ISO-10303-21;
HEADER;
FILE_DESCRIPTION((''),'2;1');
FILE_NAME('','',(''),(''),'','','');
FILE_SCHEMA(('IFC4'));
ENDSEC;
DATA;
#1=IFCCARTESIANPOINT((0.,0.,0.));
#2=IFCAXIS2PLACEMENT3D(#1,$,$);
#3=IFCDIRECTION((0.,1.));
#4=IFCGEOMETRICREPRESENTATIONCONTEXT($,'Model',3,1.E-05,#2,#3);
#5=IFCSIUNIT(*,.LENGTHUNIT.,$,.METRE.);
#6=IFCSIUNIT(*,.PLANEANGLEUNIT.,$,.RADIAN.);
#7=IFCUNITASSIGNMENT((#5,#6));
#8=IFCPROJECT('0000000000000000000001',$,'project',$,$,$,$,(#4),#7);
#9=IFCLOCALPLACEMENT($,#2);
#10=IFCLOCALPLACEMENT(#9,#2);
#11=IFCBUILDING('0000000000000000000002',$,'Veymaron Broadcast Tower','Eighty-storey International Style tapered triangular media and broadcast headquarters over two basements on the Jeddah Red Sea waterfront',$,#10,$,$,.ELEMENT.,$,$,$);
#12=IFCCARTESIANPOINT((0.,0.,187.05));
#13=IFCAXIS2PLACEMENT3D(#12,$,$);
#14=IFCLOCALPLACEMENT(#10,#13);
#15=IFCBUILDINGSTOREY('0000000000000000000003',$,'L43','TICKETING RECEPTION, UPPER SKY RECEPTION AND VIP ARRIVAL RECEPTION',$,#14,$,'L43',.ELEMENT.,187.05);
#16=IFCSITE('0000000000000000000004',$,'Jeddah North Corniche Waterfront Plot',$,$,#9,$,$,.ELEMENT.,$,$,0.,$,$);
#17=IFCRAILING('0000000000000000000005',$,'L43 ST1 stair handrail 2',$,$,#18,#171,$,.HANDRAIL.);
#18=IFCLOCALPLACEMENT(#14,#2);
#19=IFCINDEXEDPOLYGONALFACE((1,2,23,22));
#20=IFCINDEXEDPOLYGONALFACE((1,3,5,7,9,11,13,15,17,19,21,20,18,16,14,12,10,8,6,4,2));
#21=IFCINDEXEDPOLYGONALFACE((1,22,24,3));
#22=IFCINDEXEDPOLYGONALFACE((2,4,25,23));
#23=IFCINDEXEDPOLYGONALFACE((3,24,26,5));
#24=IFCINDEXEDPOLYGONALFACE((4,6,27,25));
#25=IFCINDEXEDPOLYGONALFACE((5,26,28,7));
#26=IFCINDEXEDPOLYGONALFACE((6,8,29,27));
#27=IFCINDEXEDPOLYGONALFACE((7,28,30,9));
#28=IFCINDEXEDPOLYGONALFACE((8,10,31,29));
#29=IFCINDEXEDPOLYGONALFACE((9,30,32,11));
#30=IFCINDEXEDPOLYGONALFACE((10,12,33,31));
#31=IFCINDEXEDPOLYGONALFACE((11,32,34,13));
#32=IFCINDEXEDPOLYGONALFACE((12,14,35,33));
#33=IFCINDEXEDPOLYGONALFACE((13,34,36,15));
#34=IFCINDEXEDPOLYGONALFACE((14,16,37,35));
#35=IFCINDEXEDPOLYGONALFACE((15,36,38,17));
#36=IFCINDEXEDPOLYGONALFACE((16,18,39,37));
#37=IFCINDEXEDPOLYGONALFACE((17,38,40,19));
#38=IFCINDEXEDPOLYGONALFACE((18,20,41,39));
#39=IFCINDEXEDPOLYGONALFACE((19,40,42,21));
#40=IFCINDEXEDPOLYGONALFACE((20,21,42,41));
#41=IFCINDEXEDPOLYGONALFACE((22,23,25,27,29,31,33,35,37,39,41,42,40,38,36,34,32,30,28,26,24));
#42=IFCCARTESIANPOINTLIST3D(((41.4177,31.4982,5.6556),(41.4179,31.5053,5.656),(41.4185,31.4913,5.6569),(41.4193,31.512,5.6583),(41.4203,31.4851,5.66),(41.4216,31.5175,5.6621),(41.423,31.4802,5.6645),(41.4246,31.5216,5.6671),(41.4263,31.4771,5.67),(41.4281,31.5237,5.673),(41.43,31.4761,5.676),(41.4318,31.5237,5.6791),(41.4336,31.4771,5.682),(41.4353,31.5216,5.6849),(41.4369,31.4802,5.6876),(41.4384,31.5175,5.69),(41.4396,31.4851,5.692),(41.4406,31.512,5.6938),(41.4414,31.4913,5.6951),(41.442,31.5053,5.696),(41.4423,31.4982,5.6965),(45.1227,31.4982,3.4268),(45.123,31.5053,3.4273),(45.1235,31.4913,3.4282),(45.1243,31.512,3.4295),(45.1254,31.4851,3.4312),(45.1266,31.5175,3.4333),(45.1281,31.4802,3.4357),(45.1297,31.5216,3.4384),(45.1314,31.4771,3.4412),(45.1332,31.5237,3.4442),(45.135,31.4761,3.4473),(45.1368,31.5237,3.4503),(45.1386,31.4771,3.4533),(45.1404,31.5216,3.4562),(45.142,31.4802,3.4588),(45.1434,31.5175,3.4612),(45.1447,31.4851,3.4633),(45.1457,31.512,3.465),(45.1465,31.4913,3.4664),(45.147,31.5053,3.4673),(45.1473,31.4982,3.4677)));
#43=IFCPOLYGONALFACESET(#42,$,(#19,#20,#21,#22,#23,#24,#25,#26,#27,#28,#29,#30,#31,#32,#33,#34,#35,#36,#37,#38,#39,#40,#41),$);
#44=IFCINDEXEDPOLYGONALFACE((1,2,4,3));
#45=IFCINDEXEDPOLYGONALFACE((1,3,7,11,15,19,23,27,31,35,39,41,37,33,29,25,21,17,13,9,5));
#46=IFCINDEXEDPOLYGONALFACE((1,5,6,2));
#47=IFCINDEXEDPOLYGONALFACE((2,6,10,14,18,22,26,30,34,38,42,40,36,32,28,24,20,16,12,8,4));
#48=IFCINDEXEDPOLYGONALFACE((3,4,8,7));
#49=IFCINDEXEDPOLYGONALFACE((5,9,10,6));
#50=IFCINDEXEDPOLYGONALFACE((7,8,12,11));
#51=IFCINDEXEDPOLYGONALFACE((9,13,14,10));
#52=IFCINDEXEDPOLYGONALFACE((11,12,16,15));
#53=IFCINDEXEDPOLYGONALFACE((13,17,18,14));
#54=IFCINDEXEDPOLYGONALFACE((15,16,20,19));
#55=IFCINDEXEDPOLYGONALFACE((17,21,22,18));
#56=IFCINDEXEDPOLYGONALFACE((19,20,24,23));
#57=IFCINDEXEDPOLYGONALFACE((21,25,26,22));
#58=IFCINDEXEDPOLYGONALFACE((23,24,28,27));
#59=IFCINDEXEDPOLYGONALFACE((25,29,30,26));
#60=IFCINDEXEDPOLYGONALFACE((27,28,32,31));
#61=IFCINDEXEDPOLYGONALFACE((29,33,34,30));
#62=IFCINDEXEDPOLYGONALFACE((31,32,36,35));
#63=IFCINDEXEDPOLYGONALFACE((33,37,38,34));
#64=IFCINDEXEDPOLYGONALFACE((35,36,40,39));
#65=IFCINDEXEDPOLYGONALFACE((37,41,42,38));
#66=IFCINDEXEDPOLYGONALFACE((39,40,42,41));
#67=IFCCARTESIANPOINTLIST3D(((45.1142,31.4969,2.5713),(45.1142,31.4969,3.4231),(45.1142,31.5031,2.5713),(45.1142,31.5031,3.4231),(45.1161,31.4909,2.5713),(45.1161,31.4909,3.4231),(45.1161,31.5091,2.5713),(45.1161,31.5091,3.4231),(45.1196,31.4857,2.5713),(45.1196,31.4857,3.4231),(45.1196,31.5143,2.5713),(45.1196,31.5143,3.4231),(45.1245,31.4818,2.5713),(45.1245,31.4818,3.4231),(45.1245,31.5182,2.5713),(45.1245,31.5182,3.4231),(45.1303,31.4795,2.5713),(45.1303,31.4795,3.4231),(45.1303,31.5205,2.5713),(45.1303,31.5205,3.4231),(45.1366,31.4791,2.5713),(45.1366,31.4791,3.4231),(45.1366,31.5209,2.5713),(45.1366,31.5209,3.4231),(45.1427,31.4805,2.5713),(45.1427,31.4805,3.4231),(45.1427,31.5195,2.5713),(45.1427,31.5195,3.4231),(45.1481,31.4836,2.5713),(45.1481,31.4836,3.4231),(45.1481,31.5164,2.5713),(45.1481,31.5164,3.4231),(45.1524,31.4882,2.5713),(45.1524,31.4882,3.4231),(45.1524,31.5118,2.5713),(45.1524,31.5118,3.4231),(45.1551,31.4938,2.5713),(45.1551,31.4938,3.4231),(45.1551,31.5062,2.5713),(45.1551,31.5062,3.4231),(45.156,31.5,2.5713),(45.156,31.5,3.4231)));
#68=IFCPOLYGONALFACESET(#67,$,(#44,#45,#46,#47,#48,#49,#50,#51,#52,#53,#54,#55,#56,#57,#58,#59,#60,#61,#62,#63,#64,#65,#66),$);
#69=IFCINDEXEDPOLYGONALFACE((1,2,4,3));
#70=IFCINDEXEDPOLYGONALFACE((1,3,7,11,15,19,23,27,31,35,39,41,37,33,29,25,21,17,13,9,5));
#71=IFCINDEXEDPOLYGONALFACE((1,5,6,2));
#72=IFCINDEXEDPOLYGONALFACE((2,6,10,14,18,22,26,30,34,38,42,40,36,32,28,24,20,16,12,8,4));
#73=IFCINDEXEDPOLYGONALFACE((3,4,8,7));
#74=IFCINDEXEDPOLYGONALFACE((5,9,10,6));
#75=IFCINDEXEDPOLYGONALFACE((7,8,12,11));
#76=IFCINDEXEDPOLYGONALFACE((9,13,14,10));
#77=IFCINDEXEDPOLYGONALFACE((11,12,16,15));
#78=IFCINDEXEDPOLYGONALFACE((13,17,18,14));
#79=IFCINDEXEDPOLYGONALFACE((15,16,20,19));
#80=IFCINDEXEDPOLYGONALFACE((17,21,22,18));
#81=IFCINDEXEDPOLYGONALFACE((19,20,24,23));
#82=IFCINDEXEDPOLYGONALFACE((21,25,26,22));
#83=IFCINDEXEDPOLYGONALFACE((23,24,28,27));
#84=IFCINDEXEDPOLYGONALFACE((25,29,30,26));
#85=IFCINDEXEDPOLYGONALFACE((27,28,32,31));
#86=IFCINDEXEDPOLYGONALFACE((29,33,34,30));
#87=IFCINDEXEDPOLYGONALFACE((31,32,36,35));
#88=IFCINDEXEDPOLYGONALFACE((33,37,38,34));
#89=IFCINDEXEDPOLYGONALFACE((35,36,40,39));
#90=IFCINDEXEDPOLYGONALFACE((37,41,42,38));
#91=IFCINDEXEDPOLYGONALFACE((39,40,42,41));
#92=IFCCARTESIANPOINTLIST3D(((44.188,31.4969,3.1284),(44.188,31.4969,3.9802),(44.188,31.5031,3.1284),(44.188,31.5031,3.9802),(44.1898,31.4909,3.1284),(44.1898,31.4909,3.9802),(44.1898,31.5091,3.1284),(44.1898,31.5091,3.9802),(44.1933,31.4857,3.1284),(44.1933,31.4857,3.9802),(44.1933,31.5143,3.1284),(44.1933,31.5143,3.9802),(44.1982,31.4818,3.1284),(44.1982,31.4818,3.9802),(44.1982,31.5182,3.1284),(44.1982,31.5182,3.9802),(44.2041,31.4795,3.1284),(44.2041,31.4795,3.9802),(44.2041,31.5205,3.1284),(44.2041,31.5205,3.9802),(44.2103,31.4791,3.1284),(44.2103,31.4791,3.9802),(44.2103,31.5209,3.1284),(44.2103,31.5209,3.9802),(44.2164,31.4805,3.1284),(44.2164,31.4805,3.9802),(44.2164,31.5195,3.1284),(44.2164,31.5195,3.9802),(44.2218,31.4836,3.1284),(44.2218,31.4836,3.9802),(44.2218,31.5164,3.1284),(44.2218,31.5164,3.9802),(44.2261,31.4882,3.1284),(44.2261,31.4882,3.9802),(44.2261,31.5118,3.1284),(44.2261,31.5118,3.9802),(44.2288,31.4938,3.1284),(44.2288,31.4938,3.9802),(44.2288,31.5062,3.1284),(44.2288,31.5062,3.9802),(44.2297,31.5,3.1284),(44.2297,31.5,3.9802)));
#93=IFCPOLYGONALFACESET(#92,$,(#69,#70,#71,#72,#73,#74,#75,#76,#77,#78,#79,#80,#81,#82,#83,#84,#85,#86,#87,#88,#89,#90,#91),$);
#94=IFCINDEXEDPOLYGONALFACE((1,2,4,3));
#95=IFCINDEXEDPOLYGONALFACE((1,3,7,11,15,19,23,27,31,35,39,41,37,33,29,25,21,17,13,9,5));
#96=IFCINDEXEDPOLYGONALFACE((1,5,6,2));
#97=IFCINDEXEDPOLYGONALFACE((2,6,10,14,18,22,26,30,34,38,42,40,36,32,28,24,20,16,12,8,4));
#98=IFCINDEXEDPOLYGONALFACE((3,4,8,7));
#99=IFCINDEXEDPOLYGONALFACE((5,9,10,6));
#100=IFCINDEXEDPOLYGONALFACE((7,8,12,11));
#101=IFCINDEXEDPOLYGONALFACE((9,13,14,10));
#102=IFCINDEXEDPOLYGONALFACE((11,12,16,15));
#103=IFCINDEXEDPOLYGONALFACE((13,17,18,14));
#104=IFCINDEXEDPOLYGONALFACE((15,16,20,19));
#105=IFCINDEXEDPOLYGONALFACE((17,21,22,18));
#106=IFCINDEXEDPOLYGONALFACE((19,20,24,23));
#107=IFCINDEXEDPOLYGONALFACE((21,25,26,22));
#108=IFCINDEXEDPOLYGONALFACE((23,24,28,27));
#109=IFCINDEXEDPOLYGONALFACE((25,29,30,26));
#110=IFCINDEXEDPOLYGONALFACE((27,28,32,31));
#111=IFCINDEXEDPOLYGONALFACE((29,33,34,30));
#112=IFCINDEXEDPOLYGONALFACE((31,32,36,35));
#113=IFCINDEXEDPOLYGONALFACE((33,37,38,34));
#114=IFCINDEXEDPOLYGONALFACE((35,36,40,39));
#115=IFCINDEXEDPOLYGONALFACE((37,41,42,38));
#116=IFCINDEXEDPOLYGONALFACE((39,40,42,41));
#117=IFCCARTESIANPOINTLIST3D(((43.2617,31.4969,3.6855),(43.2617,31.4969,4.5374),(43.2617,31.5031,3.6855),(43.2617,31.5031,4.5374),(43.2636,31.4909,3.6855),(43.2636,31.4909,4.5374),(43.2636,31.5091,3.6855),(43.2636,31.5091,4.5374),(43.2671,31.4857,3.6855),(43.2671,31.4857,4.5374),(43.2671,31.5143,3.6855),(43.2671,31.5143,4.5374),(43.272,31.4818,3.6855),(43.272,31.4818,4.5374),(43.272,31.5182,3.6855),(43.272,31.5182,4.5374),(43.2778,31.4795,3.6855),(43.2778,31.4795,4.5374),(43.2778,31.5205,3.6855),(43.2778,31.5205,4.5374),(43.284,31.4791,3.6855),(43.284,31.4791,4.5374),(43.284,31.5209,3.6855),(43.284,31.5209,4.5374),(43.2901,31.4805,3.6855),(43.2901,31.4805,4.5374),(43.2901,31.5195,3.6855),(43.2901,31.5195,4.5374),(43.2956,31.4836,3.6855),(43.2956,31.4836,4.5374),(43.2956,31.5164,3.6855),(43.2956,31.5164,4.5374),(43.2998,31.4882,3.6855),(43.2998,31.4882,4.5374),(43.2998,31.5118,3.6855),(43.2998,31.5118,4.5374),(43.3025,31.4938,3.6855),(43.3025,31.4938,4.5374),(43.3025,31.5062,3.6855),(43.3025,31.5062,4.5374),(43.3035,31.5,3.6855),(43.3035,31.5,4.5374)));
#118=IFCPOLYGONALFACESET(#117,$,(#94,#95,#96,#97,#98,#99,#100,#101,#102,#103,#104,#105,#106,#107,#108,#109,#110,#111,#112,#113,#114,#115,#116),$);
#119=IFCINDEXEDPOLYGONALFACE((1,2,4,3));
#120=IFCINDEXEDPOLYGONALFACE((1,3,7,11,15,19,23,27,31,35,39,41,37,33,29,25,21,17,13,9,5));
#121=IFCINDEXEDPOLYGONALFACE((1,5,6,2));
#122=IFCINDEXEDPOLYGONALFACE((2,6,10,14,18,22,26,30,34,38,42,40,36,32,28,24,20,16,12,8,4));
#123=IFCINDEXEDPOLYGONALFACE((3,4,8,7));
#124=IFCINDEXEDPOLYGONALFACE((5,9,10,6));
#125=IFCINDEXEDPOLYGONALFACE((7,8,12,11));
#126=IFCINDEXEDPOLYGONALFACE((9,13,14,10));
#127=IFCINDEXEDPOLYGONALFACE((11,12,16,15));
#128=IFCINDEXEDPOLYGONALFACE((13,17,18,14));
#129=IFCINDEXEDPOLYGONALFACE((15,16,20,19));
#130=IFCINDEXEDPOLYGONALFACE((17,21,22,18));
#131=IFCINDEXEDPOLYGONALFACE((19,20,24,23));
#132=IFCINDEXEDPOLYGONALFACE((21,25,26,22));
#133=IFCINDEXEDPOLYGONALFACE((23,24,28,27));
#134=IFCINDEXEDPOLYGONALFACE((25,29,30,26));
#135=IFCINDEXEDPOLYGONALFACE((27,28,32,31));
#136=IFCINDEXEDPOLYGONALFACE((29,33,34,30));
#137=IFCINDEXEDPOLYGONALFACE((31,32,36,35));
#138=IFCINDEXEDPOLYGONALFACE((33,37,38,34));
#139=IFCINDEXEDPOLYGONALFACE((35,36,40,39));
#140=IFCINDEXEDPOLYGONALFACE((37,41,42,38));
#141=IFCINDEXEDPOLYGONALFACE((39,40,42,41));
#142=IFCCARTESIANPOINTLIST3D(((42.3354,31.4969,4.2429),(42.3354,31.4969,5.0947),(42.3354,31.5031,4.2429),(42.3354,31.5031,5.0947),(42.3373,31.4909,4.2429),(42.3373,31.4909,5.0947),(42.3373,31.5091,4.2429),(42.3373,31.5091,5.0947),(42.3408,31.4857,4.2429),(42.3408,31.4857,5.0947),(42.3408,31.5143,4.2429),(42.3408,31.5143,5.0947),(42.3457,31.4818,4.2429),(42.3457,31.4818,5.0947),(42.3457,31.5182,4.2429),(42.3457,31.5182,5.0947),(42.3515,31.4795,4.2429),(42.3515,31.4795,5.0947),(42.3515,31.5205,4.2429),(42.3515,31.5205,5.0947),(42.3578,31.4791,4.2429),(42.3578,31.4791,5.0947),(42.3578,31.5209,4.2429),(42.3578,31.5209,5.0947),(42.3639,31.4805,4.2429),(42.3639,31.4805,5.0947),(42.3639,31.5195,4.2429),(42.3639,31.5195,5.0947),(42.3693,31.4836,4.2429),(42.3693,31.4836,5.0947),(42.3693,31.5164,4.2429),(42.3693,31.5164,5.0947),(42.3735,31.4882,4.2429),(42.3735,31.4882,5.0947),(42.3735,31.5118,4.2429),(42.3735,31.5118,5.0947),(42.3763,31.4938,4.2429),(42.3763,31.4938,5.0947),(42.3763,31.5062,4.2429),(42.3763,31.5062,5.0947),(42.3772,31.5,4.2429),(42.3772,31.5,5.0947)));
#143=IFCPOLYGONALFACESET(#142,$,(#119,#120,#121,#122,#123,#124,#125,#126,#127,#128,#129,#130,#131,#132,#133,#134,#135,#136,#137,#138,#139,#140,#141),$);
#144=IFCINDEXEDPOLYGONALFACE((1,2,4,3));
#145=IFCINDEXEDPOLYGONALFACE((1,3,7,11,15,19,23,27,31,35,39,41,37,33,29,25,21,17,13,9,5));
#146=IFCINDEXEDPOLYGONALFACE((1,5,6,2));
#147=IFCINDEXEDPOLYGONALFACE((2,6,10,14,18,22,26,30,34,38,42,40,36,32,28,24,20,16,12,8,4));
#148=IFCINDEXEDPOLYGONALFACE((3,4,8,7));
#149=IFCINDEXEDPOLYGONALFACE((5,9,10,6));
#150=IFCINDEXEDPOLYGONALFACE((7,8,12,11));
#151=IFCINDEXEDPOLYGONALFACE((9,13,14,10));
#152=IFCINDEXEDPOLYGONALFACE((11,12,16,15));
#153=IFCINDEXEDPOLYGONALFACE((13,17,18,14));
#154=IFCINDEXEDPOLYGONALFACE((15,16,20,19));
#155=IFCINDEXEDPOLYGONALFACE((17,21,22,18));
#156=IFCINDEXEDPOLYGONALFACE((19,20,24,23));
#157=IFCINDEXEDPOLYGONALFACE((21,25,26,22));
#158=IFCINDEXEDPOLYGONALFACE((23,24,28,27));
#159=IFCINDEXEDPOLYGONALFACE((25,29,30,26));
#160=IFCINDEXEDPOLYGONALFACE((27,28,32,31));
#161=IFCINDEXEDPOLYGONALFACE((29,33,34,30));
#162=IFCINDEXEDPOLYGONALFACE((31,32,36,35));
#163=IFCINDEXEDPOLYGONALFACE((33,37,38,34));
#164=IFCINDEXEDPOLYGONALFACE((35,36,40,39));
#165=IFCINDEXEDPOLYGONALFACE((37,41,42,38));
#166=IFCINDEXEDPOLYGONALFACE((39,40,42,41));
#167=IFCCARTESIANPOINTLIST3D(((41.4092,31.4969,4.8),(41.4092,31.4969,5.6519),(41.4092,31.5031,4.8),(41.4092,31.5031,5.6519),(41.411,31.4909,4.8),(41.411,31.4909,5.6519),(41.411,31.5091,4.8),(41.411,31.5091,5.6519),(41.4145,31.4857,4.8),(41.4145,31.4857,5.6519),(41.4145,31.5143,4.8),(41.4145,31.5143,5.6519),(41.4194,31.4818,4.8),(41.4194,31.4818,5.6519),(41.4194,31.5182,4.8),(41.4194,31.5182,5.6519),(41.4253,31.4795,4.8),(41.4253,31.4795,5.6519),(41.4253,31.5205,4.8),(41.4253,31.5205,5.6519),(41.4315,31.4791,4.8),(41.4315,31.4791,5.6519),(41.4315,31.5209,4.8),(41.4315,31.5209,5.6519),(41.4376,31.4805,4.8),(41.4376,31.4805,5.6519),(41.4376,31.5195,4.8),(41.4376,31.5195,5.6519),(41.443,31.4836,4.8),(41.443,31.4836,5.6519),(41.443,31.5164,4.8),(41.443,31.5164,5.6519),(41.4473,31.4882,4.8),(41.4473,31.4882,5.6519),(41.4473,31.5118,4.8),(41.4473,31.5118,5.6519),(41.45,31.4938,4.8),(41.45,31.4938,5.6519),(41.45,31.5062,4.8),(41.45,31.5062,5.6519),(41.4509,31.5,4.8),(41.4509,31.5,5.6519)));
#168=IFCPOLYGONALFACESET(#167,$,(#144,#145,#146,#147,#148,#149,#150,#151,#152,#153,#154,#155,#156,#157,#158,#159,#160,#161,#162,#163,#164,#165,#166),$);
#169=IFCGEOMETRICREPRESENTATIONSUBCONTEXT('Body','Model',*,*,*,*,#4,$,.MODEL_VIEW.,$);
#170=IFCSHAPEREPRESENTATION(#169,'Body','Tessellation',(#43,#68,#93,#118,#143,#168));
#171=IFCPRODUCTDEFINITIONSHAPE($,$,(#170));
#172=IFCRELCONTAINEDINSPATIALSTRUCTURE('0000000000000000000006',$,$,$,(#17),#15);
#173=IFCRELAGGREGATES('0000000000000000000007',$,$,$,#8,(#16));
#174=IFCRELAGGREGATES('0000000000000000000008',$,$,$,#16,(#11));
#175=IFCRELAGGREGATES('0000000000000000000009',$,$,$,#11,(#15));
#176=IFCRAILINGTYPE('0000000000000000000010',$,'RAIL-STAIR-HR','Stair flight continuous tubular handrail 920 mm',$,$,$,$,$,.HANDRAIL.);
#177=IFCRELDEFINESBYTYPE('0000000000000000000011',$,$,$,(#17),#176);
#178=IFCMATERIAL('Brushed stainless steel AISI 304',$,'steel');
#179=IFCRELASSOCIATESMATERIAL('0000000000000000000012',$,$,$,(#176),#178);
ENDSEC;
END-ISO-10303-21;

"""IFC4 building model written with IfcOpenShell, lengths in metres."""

from ifc_helpers import new_model, si_unit, direction, frame, origin, origin_2d, place, context, subcontext, project, spatial, circle, extrude, material, type_object, element, save


model = new_model("IFC4")

# Units and contexts
model_context = context("Model", 3, precision=1e-05, world=origin(), true_north=direction((0.0, 1.0)))
body_context = subcontext(model_context, "Body", "Model", "MODEL_VIEW")
ifc_project = project(units=[si_unit("LENGTHUNIT", "METRE"), si_unit("PLANEANGLEUNIT", "RADIAN")], contexts=[model_context])

# Site, building, storey
site_placement = place(None, origin())
site = spatial("IfcSite", under=ifc_project, at=site_placement, Name="Jeddah North Corniche Waterfront Plot", CompositionType="ELEMENT", RefElevation=0.0)
building_placement = place(site_placement, origin())
building = spatial("IfcBuilding", under=site, at=building_placement, Name="Veymaron Broadcast Tower", Description="Eighty-storey International Style tapered triangular media and broadcast headquarters over two basements on the Jeddah Red Sea waterfront", CompositionType="ELEMENT")
storey_placement = place(building_placement, frame((0.0, 0.0, 187.05)))
storey = spatial("IfcBuildingStorey", under=building, at=storey_placement, Name="L43", Description="TICKETING RECEPTION, UPPER SKY RECEPTION AND VIP ARRIVAL RECEPTION", LongName="L43", CompositionType="ELEMENT", Elevation=187.05)

# Shared definitions
ifc_material_1 = material(Name="Brushed stainless steel AISI 304", Category="steel")

# Railing
railing_type_1 = type_object("IfcRailingType", Name="RAIL-STAIR-HR", Description="Stair flight continuous tubular handrail 920 mm", PredefinedType="HANDRAIL", material=ifc_material_1)
railing_1_placement = place(storey_placement, frame((45.135, 31.5, 2.5713)))
element("IfcRailing", 1, at=railing_1_placement, inside=storey, type_object=railing_type_1, Name="L43 ST1 stair handrail 2", PredefinedType="HANDRAIL", context=body_context, shape_type="SweptSolid", body=[
    extrude(circle(Radius=0.0239, at=origin_2d()), frame((0.0, 0.0, 0.876), z_axis=(-0.856909, 0.0, 0.515467), x_axis=(0.0, -1.0, 0.0)), (0.0, 0.0, 1.0), 4.3237),
    extrude(circle(Radius=0.021, at=origin_2d()), origin(), (0.0, 0.0, 1.0), 0.8518),
    extrude(circle(Radius=0.021, at=origin_2d()), frame((-0.9263, 0.0, 0.5571)), (0.0, 0.0, 1.0), 0.8518),
    extrude(circle(Radius=0.021, at=origin_2d()), frame((-1.8525, 0.0, 1.1143)), (0.0, 0.0, 1.0), 0.8518),
    extrude(circle(Radius=0.021, at=origin_2d()), frame((-2.7788, 0.0, 1.6716)), (0.0, 0.0, 1.0), 0.8518),
    extrude(circle(Radius=0.021, at=origin_2d()), frame((-3.7051, 0.0, 2.2288)), (0.0, 0.0, 1.0), 0.8518),
])

save(model, "model.ifc")
